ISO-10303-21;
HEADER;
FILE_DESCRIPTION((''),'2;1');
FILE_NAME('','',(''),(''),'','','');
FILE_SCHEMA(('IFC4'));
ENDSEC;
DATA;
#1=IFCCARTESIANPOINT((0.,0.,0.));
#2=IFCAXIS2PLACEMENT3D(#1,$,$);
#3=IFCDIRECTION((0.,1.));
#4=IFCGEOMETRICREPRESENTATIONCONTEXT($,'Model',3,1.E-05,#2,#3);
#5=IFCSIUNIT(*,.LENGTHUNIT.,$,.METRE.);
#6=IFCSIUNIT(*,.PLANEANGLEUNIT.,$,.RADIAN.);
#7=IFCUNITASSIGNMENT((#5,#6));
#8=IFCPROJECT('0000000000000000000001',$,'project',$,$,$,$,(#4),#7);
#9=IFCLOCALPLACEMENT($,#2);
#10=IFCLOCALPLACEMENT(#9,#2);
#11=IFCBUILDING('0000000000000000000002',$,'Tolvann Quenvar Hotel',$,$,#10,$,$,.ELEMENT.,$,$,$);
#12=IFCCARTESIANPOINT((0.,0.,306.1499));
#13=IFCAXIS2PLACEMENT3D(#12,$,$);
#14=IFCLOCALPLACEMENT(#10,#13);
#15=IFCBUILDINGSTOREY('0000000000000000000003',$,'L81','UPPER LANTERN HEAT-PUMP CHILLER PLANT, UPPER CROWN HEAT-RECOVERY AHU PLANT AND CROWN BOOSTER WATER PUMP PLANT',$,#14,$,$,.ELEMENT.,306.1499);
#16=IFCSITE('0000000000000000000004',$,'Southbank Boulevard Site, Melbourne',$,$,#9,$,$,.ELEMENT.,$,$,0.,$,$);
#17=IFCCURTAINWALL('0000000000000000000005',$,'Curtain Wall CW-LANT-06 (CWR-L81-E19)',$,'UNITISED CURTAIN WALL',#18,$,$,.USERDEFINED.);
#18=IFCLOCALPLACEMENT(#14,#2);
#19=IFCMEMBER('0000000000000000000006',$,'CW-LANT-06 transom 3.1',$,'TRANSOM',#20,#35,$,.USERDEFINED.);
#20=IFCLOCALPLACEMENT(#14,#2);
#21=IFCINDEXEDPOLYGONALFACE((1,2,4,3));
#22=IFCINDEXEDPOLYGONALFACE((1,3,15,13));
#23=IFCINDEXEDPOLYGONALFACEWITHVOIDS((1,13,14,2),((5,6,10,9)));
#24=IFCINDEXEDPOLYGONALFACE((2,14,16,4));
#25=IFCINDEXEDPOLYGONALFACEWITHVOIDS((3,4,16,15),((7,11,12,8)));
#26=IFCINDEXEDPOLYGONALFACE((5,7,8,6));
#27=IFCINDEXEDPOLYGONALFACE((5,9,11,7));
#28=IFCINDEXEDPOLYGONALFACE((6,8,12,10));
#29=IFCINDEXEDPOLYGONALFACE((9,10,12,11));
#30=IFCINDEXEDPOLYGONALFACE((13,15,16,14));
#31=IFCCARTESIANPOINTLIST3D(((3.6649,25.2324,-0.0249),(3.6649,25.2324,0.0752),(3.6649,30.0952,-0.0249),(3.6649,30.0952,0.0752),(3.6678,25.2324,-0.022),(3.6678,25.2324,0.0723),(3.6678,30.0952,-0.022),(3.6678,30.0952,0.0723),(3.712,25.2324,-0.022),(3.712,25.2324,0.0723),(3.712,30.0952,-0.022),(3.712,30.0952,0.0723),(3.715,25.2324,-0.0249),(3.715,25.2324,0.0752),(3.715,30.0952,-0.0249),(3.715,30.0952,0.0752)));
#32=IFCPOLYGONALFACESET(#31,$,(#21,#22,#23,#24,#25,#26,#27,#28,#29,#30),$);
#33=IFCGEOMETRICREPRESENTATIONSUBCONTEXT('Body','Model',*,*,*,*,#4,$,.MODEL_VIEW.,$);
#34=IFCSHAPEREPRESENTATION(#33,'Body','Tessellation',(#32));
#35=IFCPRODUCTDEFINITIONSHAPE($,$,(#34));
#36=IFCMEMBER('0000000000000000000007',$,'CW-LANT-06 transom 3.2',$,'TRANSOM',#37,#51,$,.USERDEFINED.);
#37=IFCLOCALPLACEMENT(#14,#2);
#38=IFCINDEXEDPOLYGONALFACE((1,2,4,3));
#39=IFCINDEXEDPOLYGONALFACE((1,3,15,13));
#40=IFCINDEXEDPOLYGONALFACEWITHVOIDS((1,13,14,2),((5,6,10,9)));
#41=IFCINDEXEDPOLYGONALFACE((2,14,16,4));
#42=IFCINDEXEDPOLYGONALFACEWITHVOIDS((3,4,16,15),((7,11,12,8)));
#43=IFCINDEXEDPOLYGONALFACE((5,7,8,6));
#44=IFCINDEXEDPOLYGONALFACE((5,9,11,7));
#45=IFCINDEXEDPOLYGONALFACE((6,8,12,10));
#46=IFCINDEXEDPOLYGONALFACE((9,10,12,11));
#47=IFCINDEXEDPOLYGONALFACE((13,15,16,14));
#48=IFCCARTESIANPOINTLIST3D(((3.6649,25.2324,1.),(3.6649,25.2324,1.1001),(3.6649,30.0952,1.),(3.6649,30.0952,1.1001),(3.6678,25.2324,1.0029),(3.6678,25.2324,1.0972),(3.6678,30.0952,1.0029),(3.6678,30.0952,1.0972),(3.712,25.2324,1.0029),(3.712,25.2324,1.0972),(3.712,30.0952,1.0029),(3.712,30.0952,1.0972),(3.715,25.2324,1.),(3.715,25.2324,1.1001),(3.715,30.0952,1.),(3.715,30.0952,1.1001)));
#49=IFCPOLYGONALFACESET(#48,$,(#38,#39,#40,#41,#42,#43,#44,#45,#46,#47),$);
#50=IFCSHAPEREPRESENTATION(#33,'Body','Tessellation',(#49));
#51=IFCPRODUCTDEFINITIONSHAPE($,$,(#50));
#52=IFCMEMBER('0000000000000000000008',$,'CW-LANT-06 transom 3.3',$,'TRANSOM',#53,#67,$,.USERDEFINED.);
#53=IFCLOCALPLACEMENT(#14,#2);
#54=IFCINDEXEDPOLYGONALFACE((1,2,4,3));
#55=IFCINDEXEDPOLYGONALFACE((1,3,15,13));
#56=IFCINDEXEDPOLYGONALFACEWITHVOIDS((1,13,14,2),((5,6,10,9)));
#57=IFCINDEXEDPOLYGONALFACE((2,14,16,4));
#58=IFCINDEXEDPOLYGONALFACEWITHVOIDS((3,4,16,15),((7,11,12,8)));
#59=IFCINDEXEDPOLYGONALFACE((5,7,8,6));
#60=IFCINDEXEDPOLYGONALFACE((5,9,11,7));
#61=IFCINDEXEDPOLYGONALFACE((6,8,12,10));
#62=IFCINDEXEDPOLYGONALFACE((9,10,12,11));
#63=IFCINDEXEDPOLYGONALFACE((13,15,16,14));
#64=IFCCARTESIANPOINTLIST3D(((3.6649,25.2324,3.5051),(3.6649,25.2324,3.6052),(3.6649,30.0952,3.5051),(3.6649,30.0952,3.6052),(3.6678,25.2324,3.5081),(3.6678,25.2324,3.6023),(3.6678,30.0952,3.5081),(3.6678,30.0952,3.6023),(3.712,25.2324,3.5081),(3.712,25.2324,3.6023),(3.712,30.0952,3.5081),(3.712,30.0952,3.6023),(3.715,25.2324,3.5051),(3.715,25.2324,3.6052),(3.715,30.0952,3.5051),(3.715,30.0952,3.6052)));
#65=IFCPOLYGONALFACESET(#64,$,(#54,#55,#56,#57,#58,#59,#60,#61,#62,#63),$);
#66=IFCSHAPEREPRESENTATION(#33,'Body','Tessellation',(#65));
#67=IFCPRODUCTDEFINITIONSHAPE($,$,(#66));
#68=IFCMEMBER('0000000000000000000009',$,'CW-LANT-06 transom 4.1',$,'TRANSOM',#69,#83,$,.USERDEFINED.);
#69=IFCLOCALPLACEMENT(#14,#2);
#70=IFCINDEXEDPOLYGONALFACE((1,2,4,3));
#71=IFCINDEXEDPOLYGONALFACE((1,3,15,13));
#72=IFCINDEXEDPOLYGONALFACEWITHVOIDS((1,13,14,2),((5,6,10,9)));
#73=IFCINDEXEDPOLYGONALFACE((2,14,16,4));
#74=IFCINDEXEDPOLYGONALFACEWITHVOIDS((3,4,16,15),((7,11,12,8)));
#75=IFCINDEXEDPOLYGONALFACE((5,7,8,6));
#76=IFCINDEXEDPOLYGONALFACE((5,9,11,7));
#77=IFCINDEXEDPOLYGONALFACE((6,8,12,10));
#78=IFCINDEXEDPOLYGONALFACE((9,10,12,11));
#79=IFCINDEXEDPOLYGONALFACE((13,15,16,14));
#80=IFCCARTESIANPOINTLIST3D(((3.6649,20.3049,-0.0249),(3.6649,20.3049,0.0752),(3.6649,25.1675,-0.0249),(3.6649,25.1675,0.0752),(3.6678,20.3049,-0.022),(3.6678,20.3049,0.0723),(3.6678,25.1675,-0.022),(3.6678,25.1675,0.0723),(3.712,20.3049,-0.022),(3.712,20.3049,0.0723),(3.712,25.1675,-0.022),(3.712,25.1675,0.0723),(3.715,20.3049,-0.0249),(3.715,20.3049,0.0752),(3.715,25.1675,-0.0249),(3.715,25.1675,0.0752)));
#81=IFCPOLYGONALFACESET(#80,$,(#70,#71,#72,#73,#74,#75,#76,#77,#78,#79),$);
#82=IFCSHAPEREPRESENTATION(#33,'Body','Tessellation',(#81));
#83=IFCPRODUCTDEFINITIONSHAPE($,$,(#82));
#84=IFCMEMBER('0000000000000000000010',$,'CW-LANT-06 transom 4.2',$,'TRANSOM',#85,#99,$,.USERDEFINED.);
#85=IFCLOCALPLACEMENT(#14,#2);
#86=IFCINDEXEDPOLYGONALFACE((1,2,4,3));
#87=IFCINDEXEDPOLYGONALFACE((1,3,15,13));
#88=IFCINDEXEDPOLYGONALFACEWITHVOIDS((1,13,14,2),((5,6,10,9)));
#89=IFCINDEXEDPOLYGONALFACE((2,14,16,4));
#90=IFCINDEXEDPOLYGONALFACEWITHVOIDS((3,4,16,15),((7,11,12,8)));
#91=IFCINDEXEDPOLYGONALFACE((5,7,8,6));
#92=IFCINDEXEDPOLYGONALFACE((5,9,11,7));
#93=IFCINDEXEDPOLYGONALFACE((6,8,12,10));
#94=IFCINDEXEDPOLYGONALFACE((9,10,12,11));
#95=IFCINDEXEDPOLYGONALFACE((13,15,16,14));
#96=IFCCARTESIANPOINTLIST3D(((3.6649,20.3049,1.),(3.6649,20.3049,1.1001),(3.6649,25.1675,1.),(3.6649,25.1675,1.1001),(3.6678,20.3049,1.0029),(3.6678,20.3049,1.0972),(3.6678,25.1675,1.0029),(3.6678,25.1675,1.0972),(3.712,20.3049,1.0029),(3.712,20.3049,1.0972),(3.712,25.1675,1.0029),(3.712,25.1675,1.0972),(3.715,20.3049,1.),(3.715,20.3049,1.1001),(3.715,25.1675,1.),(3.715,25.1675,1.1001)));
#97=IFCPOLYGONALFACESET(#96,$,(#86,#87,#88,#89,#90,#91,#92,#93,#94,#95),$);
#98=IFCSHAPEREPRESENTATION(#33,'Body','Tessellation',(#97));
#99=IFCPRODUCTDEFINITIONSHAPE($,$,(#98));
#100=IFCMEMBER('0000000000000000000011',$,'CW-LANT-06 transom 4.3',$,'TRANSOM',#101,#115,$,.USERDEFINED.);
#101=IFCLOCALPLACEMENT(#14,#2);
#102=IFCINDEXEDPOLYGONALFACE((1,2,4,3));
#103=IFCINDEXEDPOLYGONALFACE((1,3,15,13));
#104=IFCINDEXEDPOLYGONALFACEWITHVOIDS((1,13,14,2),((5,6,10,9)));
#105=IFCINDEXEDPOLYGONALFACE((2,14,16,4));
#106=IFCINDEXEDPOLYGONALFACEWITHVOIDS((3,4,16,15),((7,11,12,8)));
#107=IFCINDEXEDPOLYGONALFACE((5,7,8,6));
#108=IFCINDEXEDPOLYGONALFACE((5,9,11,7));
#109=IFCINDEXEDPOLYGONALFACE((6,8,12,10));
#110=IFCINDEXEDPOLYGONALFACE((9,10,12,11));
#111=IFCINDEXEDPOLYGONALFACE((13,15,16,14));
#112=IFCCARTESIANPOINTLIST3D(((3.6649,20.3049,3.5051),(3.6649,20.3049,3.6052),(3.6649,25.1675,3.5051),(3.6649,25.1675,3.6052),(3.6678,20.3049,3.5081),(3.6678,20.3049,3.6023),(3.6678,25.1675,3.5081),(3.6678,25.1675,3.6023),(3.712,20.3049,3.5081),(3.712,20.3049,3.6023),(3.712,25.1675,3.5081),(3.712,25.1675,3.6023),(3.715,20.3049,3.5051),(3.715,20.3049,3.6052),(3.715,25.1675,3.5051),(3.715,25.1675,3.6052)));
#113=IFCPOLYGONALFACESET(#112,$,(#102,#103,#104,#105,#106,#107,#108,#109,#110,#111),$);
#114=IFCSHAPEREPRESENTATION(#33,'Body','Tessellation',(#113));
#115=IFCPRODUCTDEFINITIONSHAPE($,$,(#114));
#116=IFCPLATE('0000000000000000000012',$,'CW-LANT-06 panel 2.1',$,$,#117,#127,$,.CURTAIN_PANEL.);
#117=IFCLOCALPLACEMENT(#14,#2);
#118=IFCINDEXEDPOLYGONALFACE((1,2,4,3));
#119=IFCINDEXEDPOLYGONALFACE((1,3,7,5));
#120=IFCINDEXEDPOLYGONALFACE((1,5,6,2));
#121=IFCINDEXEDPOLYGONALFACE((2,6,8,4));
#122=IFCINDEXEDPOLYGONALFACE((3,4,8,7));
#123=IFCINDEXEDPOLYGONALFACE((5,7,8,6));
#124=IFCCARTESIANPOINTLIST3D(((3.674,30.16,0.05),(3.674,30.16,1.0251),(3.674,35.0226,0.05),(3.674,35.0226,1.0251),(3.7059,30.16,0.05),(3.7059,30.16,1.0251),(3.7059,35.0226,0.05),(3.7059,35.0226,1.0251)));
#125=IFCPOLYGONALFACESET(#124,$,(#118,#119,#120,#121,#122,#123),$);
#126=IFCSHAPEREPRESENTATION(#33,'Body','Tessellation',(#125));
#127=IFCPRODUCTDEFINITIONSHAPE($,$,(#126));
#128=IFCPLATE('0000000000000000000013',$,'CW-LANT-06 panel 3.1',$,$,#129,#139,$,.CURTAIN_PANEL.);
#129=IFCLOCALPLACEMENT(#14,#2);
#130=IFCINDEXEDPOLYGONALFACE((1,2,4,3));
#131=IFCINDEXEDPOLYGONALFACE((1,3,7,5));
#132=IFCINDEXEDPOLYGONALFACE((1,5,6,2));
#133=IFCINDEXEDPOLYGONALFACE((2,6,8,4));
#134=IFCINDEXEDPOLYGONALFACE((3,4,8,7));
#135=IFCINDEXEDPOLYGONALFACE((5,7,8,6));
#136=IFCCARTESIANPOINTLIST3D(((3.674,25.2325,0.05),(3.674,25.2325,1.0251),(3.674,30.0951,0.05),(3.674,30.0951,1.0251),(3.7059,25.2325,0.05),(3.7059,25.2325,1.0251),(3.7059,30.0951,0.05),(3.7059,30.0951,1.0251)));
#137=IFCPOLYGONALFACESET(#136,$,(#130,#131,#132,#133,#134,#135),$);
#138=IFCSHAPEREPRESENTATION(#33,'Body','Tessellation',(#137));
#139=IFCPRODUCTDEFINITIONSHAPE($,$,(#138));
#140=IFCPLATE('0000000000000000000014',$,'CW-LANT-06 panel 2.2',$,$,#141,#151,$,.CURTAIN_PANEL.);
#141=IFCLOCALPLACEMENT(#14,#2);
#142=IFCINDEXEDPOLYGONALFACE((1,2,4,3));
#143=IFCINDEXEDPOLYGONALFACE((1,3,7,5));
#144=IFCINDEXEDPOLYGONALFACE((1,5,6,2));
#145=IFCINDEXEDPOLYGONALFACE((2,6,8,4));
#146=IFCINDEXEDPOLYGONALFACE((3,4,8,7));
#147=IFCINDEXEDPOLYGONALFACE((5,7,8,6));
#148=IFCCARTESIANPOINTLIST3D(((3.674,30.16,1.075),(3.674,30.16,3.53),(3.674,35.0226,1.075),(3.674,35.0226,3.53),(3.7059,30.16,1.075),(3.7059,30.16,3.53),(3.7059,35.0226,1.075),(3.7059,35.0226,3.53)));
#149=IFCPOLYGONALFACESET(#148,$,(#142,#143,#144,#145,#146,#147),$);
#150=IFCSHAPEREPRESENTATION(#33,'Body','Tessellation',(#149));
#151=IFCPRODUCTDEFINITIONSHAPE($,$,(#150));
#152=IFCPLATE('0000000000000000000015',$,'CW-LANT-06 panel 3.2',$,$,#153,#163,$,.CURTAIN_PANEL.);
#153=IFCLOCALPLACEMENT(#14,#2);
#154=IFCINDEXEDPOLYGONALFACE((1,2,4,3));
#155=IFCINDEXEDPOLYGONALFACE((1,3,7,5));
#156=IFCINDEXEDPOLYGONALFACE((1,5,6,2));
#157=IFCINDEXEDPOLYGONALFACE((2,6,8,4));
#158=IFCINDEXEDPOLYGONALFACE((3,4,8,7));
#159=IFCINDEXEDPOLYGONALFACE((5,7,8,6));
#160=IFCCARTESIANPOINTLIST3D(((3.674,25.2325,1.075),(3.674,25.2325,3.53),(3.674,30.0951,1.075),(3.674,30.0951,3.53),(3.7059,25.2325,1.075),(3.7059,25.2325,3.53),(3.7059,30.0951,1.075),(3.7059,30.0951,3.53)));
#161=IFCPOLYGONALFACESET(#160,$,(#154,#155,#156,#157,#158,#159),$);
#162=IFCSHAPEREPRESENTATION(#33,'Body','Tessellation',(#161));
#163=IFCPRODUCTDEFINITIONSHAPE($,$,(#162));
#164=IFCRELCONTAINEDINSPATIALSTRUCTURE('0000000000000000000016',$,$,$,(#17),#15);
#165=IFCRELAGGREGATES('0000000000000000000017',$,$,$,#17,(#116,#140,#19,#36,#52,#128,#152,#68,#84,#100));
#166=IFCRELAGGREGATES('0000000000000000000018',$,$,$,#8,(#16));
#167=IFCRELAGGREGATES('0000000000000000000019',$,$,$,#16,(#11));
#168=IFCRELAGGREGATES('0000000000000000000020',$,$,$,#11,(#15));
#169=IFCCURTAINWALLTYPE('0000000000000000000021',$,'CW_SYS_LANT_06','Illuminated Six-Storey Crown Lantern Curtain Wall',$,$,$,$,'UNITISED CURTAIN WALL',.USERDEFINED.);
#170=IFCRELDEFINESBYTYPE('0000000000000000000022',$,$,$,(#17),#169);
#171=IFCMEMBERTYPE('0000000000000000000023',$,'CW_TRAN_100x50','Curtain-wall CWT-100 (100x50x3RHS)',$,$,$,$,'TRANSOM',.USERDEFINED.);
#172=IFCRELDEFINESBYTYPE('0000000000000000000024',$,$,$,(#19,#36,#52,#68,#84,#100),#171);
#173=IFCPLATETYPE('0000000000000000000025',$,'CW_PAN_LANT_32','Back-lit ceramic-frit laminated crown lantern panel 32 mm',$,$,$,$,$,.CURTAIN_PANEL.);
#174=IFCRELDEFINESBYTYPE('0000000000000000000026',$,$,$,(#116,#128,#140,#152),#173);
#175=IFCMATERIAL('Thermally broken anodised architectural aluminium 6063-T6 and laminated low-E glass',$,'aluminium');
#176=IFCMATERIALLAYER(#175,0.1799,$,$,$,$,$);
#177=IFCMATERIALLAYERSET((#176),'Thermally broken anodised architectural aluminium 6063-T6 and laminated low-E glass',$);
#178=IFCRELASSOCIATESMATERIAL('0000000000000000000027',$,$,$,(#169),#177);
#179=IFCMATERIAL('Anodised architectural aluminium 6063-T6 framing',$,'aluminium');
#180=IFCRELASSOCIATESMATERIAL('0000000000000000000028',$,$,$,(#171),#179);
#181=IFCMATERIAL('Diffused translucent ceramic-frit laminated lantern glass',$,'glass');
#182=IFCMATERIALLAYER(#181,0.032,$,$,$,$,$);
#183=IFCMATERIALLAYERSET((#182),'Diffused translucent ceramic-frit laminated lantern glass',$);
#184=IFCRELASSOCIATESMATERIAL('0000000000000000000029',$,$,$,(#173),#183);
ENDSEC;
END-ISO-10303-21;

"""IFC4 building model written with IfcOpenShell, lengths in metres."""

from ifc_helpers import new_model, si_unit, direction, frame, origin, origin_2d, place, context, subcontext, project, spatial, rectangle, hollow_rectangle, extrude, source, transform, mapped, material, layer, layer_set, material_profile, profile_set, type_object, type_shapes, element, aggregate, save


model = new_model("IFC4")

# Units and contexts
model_context = context("Model", 3, precision=1e-05, world=origin(), true_north=direction((0.0, 1.0)))
body_context = subcontext(model_context, "Body", "Model", "MODEL_VIEW")
ifc_project = project(units=[si_unit("LENGTHUNIT", "METRE"), si_unit("PLANEANGLEUNIT", "RADIAN")], contexts=[model_context])

# Site, building, storey
site_placement = place(None, origin())
site = spatial("IfcSite", under=ifc_project, at=site_placement, Name="Southbank Boulevard Site, Melbourne", CompositionType="ELEMENT", RefElevation=0.0)
building_placement = place(site_placement, origin())
building = spatial("IfcBuilding", under=site, at=building_placement, Name="Tolvann Quenvar Hotel", CompositionType="ELEMENT")
storey_placement = place(building_placement, frame((0.0, 0.0, 306.1499)))
storey = spatial("IfcBuildingStorey", under=building, at=storey_placement, Name="L81", Description="UPPER LANTERN HEAT-PUMP CHILLER PLANT, UPPER CROWN HEAT-RECOVERY AHU PLANT AND CROWN BOOSTER WATER PUMP PLANT", CompositionType="ELEMENT", Elevation=306.1499)

# Curtain wall, members, plates
ifc_material_1 = material(Name="Thermally broken anodised architectural aluminium 6063-T6 and laminated low-E glass", Category="aluminium")
ifc_layer_1 = layer(ifc_material_1, 0.1799)
ifc_layer_set_1 = layer_set([ifc_layer_1], Name="Thermally broken anodised architectural aluminium 6063-T6 and laminated low-E glass")
curtain_wall_type = type_object("IfcCurtainWallType", Name="CW_SYS_LANT_06", Description="Illuminated Six-Storey Crown Lantern Curtain Wall", ElementType="UNITISED CURTAIN WALL", PredefinedType="USERDEFINED", material=ifc_layer_set_1)
curtain_wall_placement = place(storey_placement, origin())
curtain_wall = element("IfcCurtainWall", 1, at=curtain_wall_placement, inside=storey, type_object=curtain_wall_type, Name="Curtain Wall CW-LANT-06 (CWR-L81-E19)", ObjectType="UNITISED CURTAIN WALL", PredefinedType="USERDEFINED")
ifc_material_2 = material(Name="Anodised architectural aluminium 6063-T6 framing", Category="aluminium")
ifc_material_profile_1 = material_profile(ifc_material_2, hollow_rectangle(XDim=0.05, YDim=0.1001, WallThickness=0.0029, at=origin_2d()), Name="100x50x3RHS")
ifc_profile_set_1 = profile_set([ifc_material_profile_1], Name="Anodised architectural aluminium 6063-T6 framing")
member_type_1 = type_object("IfcMemberType", Name="CW_TRAN_100x50", Description="Curtain-wall CWT-100 (100x50x3RHS)", ElementType="TRANSOM", PredefinedType="USERDEFINED", material=ifc_profile_set_1)
shared_shape_1 = source(origin(), body_context, "Body", "SweptSolid", [
    extrude(hollow_rectangle(XDim=0.05, YDim=0.1001, WallThickness=0.0029, at=origin_2d()), origin(), (0.0, 0.0, 1.0), 4.8628),
])
member_1_placement = place(storey_placement, frame((3.6899, 30.0952, 0.0251), z_axis=(0.0, -1.0, 0.0), x_axis=(1.0, 0.0, 0.0)))
member_1 = element("IfcMember", 2, at=member_1_placement, type_object=member_type_1, Name="CW-LANT-06 transom 3.1", ObjectType="TRANSOM", PredefinedType="USERDEFINED", context=body_context, shape_type="MappedRepresentation", body=[
    mapped(shared_shape_1, transform((0.0, 0.0, 0.0), x_axis=(1.0, 0.0, 0.0), y_axis=(0.0, 1.0, 0.0), z_axis=(0.0, 0.0, 1.0), scale=1.0)),
])
member_2_placement = place(storey_placement, frame((3.6899, 30.0952, 1.05), z_axis=(0.0, -1.0, 0.0), x_axis=(1.0, 0.0, 0.0)))
member_2 = element("IfcMember", 3, at=member_2_placement, type_object=member_type_1, Name="CW-LANT-06 transom 3.2", ObjectType="TRANSOM", PredefinedType="USERDEFINED", context=body_context, shape_type="MappedRepresentation", body=[
    mapped(shared_shape_1, transform((0.0, 0.0, 0.0), x_axis=(1.0, 0.0, 0.0), y_axis=(0.0, 1.0, 0.0), z_axis=(0.0, 0.0, 1.0), scale=1.0)),
])
member_3_placement = place(storey_placement, frame((3.6899, 30.0952, 3.5552), z_axis=(0.0, -1.0, 0.0), x_axis=(1.0, 0.0, 0.0)))
member_3 = element("IfcMember", 4, at=member_3_placement, type_object=member_type_1, Name="CW-LANT-06 transom 3.3", ObjectType="TRANSOM", PredefinedType="USERDEFINED", context=body_context, shape_type="MappedRepresentation", body=[
    mapped(shared_shape_1, transform((0.0, 0.0, 0.0), x_axis=(1.0, 0.0, 0.0), y_axis=(0.0, 1.0, 0.0), z_axis=(0.0, 0.0, 1.0), scale=1.0)),
])
shared_shape_2 = source(origin(), body_context, "Body", "SweptSolid", [
    extrude(hollow_rectangle(XDim=0.05, YDim=0.1001, WallThickness=0.0029, at=origin_2d()), origin(), (0.0, 0.0, 1.0), 4.8625),
])
type_shapes(member_type_1, [shared_shape_1, shared_shape_2])
member_4_placement = place(storey_placement, frame((3.6899, 25.1675, 0.0251), z_axis=(0.0, -1.0, 0.0), x_axis=(1.0, 0.0, 0.0)))
member_4 = element("IfcMember", 5, at=member_4_placement, type_object=member_type_1, Name="CW-LANT-06 transom 4.1", ObjectType="TRANSOM", PredefinedType="USERDEFINED", context=body_context, shape_type="MappedRepresentation", body=[
    mapped(shared_shape_2, transform((0.0, 0.0, 0.0), x_axis=(1.0, 0.0, 0.0), y_axis=(0.0, 1.0, 0.0), z_axis=(0.0, 0.0, 1.0), scale=1.0)),
])
member_5_placement = place(storey_placement, frame((3.6899, 25.1675, 1.05), z_axis=(0.0, -1.0, 0.0), x_axis=(1.0, 0.0, 0.0)))
member_5 = element("IfcMember", 6, at=member_5_placement, type_object=member_type_1, Name="CW-LANT-06 transom 4.2", ObjectType="TRANSOM", PredefinedType="USERDEFINED", context=body_context, shape_type="MappedRepresentation", body=[
    mapped(shared_shape_2, transform((0.0, 0.0, 0.0), x_axis=(1.0, 0.0, 0.0), y_axis=(0.0, 1.0, 0.0), z_axis=(0.0, 0.0, 1.0), scale=1.0)),
])
member_6_placement = place(storey_placement, frame((3.6899, 25.1675, 3.5552), z_axis=(0.0, -1.0, 0.0), x_axis=(1.0, 0.0, 0.0)))
member_6 = element("IfcMember", 7, at=member_6_placement, type_object=member_type_1, Name="CW-LANT-06 transom 4.3", ObjectType="TRANSOM", PredefinedType="USERDEFINED", context=body_context, shape_type="MappedRepresentation", body=[
    mapped(shared_shape_2, transform((0.0, 0.0, 0.0), x_axis=(1.0, 0.0, 0.0), y_axis=(0.0, 1.0, 0.0), z_axis=(0.0, 0.0, 1.0), scale=1.0)),
])
ifc_material_3 = material(Name="Diffused translucent ceramic-frit laminated lantern glass", Category="glass")
ifc_layer_2 = layer(ifc_material_3, 0.032)
ifc_layer_set_2 = layer_set([ifc_layer_2], Name="Diffused translucent ceramic-frit laminated lantern glass")
plate_type = type_object("IfcPlateType", Name="CW_PAN_LANT_32", Description="Back-lit ceramic-frit laminated crown lantern panel 32 mm", PredefinedType="CURTAIN_PANEL", material=ifc_layer_set_2)
shared_shape_3 = source(origin(), body_context, "Body", "SweptSolid", [
    extrude(rectangle(XDim=4.8625, YDim=0.032, at=origin_2d()), origin(), (0.0, 0.0, 1.0), 0.9751),
])
plate_1_placement = place(storey_placement, frame((3.6899, 32.5913, 0.05), z_axis=(0.0, 0.0, 1.0), x_axis=(0.0, -1.0, 0.0)))
plate_1 = element("IfcPlate", 8, at=plate_1_placement, type_object=plate_type, Name="CW-LANT-06 panel 2.1", PredefinedType="CURTAIN_PANEL", context=body_context, shape_type="MappedRepresentation", body=[
    mapped(shared_shape_3, transform((0.0, 0.0, 0.0), x_axis=(1.0, 0.0, 0.0), y_axis=(0.0, 1.0, 0.0), z_axis=(0.0, 0.0, 1.0), scale=1.0)),
])
plate_2_placement = place(storey_placement, frame((3.6899, 27.6638, 0.05), z_axis=(0.0, 0.0, 1.0), x_axis=(0.0, -1.0, 0.0)))
plate_2 = element("IfcPlate", 9, at=plate_2_placement, type_object=plate_type, Name="CW-LANT-06 panel 3.1", PredefinedType="CURTAIN_PANEL", context=body_context, shape_type="MappedRepresentation", body=[
    mapped(shared_shape_3, transform((0.0, 0.0, 0.0), x_axis=(1.0, 0.0, 0.0), y_axis=(0.0, 1.0, 0.0), z_axis=(0.0, 0.0, 1.0), scale=1.0)),
])
shared_shape_4 = source(origin(), body_context, "Body", "SweptSolid", [
    extrude(rectangle(XDim=4.8625, YDim=0.032, at=origin_2d()), origin(), (0.0, 0.0, 1.0), 2.4551),
])
type_shapes(plate_type, [shared_shape_3, shared_shape_4])
plate_3_placement = place(storey_placement, frame((3.6899, 32.5913, 1.075), z_axis=(0.0, 0.0, 1.0), x_axis=(0.0, -1.0, 0.0)))
plate_3 = element("IfcPlate", 10, at=plate_3_placement, type_object=plate_type, Name="CW-LANT-06 panel 2.2", PredefinedType="CURTAIN_PANEL", context=body_context, shape_type="MappedRepresentation", body=[
    mapped(shared_shape_4, transform((0.0, 0.0, 0.0), x_axis=(1.0, 0.0, 0.0), y_axis=(0.0, 1.0, 0.0), z_axis=(0.0, 0.0, 1.0), scale=1.0)),
])
plate_4_placement = place(storey_placement, frame((3.6899, 27.6638, 1.075), z_axis=(0.0, 0.0, 1.0), x_axis=(0.0, -1.0, 0.0)))
plate_4 = element("IfcPlate", 11, at=plate_4_placement, type_object=plate_type, Name="CW-LANT-06 panel 3.2", PredefinedType="CURTAIN_PANEL", context=body_context, shape_type="MappedRepresentation", body=[
    mapped(shared_shape_4, transform((0.0, 0.0, 0.0), x_axis=(1.0, 0.0, 0.0), y_axis=(0.0, 1.0, 0.0), z_axis=(0.0, 0.0, 1.0), scale=1.0)),
])
aggregate(curtain_wall, [plate_1, plate_3, member_1, member_2, member_3, plate_2, plate_4, member_4, member_5, member_6])

save(model, "model.ifc")
